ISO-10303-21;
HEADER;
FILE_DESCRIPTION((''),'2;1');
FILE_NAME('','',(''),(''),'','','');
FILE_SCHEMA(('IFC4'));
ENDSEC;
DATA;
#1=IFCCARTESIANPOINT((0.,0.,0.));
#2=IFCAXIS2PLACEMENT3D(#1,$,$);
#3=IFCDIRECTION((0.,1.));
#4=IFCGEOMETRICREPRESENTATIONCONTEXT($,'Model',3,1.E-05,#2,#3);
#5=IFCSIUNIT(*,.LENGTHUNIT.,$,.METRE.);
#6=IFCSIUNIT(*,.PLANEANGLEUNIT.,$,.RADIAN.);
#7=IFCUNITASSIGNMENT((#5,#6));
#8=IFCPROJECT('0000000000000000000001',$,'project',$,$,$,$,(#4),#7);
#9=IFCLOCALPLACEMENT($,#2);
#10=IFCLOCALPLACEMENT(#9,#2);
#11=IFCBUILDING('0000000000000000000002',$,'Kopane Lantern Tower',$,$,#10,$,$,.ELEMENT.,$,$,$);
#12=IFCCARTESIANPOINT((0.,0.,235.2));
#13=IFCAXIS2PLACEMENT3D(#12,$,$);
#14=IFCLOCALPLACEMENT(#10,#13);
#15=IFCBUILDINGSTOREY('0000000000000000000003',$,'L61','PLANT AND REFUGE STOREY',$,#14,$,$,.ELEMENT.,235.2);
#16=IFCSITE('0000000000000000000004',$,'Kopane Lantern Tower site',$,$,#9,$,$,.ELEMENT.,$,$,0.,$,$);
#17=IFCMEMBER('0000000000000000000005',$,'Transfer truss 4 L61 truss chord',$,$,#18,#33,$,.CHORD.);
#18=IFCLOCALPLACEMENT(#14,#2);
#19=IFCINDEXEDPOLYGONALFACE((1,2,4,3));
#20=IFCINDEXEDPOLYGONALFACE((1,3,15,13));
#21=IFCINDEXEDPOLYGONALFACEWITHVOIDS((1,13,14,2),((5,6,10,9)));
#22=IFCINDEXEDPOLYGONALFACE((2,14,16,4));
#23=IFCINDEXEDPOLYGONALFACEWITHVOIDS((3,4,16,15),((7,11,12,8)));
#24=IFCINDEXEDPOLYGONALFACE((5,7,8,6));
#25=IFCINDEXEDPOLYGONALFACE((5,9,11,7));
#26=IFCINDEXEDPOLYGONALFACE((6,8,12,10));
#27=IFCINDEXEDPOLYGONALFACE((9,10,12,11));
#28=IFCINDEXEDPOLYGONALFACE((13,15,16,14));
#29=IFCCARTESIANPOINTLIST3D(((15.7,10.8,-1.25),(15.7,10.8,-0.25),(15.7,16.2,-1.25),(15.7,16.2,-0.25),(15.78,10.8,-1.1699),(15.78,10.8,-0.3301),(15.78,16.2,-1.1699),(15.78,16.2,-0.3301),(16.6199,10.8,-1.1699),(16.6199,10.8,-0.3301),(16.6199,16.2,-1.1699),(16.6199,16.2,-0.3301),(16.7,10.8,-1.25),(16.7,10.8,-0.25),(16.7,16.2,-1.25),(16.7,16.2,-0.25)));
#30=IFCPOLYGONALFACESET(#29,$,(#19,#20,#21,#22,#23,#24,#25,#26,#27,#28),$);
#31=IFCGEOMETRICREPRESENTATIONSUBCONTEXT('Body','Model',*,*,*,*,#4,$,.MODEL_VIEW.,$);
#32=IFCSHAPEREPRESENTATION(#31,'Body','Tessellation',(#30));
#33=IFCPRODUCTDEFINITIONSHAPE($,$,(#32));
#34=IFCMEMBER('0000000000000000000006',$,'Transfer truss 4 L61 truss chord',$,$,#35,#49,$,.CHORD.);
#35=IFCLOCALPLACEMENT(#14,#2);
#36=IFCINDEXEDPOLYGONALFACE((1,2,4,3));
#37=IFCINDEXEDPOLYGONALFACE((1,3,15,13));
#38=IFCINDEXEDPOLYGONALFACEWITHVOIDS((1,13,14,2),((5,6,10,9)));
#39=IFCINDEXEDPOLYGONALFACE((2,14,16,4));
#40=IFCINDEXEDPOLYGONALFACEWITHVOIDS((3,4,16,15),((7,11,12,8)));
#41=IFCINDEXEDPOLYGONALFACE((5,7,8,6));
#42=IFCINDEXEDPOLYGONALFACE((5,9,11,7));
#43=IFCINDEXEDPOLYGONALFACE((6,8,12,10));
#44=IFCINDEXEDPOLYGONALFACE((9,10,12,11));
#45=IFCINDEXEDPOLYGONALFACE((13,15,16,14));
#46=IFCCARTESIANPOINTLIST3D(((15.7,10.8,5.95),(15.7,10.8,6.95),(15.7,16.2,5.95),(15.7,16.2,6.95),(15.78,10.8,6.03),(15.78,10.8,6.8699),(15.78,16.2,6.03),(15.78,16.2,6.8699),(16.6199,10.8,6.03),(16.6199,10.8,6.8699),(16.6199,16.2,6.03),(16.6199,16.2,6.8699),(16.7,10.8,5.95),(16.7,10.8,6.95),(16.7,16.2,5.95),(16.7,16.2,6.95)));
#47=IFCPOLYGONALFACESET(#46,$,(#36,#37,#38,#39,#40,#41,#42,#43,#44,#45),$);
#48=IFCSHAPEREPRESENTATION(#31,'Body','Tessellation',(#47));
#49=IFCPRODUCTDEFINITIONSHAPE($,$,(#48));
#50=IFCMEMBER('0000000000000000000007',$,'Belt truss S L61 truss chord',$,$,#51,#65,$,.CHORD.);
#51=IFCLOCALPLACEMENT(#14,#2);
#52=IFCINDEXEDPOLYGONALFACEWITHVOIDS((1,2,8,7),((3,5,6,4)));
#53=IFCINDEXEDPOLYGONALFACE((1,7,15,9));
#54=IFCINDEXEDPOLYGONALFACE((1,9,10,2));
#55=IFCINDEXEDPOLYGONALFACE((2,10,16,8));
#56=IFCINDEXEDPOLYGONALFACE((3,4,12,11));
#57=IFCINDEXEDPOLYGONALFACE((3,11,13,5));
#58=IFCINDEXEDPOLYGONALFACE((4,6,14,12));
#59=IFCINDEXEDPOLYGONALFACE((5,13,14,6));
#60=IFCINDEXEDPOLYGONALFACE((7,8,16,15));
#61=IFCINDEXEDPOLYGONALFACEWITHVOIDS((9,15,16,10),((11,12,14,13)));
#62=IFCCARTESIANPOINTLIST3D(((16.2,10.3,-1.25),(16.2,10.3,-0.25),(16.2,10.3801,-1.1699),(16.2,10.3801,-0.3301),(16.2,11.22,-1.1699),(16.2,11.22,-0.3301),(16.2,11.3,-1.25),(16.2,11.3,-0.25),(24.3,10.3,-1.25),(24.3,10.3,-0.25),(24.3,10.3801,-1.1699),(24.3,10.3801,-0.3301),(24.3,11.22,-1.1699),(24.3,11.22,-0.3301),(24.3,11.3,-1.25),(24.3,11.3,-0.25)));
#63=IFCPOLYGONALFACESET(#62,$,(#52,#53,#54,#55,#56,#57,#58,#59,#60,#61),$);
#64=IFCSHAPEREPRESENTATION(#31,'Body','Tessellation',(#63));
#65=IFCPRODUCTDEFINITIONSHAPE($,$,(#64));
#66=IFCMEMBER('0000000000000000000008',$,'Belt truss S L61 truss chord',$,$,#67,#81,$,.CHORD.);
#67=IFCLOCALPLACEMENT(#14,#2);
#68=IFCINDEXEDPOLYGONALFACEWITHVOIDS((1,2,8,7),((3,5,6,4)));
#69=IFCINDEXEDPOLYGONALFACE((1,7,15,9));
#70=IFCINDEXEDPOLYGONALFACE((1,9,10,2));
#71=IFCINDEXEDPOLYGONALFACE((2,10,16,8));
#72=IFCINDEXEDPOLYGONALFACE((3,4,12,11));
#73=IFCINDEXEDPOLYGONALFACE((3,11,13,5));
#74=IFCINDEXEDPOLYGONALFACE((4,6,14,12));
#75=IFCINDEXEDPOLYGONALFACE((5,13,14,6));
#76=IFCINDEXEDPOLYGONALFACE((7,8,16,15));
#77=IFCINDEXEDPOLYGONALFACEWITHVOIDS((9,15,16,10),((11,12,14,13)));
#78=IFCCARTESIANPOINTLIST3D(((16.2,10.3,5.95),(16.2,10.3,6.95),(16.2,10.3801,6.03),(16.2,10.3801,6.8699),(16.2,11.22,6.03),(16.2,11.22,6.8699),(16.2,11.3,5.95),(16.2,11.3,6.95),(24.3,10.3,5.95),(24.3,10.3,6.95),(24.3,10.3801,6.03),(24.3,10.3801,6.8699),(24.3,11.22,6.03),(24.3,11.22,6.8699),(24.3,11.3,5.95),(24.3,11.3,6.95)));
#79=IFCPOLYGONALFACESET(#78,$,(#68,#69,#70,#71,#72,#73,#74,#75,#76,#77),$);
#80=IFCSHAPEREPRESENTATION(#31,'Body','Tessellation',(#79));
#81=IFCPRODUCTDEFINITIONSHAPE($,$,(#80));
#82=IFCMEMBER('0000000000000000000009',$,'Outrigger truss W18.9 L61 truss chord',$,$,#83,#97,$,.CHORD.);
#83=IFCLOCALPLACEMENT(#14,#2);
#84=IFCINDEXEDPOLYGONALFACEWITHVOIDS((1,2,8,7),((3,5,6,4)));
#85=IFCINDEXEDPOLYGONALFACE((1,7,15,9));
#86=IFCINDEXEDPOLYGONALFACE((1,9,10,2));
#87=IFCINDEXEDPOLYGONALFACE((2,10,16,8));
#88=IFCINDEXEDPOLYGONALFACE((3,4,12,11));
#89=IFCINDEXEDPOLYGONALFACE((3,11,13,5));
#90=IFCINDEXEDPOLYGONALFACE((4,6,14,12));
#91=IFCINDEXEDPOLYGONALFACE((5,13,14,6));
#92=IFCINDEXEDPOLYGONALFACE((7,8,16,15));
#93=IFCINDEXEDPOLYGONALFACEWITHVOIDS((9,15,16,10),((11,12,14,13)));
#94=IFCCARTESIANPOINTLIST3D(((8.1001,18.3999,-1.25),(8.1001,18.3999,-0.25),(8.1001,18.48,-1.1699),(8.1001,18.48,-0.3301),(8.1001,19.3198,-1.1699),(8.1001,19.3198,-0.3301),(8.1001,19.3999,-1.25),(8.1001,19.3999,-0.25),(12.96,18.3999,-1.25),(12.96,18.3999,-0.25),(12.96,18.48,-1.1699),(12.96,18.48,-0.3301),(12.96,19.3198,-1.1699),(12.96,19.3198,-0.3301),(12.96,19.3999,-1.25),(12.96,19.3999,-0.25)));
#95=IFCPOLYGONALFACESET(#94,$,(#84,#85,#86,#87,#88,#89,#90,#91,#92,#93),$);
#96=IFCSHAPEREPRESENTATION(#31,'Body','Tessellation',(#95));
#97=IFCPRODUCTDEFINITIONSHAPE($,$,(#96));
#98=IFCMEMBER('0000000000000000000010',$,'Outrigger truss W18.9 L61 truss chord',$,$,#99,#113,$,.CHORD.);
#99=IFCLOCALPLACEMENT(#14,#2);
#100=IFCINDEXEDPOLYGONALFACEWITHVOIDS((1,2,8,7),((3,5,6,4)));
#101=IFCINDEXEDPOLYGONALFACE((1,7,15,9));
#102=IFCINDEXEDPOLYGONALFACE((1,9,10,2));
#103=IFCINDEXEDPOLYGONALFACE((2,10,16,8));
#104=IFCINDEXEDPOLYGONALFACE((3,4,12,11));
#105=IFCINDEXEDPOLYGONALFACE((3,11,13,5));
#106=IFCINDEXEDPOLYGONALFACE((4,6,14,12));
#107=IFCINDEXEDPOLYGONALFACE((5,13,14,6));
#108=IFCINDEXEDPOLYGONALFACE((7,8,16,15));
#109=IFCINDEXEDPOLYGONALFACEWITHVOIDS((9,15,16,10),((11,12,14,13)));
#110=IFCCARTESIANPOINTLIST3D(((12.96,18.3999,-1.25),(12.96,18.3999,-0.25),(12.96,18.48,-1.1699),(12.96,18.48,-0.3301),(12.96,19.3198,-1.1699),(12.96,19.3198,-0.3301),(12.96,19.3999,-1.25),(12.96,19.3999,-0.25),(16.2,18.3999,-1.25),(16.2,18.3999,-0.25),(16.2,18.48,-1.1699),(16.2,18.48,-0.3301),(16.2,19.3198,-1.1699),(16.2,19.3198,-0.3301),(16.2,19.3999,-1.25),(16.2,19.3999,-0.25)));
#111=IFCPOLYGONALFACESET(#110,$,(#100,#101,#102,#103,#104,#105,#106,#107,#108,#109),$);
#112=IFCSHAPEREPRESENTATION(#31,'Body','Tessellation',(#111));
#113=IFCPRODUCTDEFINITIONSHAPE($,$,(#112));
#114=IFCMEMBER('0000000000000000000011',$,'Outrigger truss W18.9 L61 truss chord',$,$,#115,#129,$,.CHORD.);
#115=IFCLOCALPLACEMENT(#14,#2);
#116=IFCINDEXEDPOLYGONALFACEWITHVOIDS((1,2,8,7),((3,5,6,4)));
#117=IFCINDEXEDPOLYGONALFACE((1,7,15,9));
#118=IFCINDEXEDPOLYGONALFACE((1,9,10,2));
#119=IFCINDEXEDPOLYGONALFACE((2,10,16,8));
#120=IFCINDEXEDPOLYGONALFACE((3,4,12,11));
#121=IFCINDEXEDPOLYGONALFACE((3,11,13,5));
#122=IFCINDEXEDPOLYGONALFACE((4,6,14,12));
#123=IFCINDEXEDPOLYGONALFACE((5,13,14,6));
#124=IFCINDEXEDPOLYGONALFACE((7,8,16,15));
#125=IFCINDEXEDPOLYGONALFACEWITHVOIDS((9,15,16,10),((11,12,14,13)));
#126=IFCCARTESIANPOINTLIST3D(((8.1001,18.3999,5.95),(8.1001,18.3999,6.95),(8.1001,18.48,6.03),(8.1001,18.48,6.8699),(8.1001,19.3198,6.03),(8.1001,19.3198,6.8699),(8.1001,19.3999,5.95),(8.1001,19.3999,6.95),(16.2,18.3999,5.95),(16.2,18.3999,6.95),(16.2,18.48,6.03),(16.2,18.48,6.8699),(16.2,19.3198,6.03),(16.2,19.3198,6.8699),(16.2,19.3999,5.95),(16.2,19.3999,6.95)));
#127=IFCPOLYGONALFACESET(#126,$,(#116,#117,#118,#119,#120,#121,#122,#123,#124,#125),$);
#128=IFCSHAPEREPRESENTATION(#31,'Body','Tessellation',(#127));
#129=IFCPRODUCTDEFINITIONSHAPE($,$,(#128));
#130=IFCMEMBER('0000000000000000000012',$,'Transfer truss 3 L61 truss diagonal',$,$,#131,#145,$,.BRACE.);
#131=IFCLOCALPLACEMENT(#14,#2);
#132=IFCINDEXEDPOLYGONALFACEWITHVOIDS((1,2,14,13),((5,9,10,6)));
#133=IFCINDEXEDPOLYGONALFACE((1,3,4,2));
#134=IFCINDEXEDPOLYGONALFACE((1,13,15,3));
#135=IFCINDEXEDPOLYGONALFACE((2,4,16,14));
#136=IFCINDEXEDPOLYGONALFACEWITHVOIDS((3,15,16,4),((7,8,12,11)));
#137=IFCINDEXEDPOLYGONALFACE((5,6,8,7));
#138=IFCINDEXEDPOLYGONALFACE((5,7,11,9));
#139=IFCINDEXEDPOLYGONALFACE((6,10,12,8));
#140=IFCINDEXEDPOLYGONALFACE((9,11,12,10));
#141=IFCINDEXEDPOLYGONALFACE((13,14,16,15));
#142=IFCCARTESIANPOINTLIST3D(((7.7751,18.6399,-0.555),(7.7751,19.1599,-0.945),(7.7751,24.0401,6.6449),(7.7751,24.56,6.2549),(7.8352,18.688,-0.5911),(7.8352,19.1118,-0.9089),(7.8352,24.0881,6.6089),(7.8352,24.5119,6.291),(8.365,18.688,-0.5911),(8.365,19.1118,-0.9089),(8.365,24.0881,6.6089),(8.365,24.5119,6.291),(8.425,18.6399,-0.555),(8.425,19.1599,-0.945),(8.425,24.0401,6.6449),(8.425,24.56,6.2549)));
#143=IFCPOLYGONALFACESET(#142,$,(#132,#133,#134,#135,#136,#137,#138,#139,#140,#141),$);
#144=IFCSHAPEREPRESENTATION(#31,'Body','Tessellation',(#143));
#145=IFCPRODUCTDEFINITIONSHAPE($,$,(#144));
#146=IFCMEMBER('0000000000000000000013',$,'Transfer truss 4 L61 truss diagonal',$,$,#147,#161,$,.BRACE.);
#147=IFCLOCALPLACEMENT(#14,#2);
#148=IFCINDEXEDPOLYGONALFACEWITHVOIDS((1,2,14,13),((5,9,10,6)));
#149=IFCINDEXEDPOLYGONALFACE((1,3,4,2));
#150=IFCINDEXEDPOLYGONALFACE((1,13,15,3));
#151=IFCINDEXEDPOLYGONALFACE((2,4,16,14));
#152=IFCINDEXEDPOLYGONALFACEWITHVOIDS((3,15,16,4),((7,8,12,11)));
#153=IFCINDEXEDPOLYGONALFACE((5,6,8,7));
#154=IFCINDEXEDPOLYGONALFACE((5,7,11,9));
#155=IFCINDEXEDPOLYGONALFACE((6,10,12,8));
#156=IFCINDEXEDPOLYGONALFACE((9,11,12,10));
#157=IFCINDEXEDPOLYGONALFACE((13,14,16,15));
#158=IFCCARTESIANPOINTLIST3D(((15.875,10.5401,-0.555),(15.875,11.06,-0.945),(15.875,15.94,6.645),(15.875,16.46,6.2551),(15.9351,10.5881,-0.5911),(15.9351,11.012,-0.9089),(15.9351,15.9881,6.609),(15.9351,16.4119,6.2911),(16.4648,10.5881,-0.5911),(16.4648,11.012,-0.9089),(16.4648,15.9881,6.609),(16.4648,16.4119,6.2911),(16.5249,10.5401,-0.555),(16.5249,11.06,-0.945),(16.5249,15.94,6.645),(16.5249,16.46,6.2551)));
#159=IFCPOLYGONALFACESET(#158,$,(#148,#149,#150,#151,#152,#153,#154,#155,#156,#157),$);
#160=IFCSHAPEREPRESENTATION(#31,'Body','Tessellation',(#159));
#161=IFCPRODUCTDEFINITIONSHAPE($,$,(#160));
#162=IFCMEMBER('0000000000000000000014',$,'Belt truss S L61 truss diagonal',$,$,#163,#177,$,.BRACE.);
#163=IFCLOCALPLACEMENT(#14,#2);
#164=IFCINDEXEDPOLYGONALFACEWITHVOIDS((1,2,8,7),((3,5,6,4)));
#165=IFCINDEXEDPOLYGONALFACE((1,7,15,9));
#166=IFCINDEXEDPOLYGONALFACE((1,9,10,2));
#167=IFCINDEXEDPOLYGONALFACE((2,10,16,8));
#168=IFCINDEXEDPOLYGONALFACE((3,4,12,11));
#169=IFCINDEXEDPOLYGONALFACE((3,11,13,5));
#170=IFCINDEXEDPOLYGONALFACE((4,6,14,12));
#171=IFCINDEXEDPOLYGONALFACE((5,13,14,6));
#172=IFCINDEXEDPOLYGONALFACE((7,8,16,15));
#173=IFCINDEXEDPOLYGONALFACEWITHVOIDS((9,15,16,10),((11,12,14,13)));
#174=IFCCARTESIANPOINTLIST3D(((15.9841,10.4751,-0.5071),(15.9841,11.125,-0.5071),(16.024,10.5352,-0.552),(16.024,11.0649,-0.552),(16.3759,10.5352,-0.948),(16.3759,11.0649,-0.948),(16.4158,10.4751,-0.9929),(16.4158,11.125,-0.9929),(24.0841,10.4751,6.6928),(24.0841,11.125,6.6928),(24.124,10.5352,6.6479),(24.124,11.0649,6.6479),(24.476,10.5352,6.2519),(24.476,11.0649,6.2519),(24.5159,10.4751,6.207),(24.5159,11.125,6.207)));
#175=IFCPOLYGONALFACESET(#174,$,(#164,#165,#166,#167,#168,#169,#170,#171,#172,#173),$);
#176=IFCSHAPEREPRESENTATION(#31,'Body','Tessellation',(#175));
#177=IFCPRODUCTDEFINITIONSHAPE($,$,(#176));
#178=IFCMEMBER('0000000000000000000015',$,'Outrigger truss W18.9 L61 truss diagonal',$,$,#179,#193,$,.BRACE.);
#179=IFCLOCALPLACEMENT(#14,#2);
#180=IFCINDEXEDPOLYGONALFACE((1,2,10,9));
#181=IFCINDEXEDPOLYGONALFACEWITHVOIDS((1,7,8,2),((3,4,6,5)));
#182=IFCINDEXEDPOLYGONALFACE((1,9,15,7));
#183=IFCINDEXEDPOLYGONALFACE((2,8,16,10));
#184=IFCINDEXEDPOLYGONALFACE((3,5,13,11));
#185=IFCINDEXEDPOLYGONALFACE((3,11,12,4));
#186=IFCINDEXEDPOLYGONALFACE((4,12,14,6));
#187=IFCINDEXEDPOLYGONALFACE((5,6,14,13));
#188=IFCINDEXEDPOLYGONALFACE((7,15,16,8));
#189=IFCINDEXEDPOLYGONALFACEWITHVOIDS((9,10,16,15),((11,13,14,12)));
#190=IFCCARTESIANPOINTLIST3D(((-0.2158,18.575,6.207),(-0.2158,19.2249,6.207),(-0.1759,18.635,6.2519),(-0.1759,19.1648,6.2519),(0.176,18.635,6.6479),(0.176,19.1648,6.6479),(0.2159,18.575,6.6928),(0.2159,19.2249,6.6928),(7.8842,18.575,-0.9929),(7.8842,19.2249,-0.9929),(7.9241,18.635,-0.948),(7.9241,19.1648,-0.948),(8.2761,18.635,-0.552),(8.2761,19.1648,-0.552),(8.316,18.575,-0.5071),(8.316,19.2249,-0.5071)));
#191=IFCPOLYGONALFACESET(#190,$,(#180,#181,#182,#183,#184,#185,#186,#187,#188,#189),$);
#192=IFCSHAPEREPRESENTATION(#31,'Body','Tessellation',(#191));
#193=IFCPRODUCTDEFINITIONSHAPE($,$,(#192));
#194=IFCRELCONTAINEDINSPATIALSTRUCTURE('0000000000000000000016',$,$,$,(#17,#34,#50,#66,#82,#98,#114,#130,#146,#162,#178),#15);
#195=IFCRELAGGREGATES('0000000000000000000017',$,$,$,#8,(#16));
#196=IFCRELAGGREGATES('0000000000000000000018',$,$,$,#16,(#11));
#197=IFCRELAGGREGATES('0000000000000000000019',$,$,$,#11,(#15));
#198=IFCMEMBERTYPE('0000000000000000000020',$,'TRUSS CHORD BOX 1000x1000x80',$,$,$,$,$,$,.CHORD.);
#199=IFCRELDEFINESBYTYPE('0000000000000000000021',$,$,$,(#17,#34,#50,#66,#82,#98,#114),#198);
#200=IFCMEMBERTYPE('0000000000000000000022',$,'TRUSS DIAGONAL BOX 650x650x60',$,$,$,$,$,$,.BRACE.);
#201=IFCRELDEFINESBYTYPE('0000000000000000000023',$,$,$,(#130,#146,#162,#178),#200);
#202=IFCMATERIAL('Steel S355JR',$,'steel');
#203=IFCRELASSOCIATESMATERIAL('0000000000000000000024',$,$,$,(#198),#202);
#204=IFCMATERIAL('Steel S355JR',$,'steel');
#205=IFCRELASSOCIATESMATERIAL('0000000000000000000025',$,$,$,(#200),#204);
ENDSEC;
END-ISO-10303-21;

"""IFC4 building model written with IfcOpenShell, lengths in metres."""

from ifc_helpers import new_model, si_unit, direction, frame, origin, origin_2d, place, context, subcontext, project, spatial, hollow_rectangle, extrude, material, material_profile, profile_set, type_object, element, save


model = new_model("IFC4")

# Units and contexts
model_context = context("Model", 3, precision=1e-05, world=origin(), true_north=direction((0.0, 1.0)))
body_context = subcontext(model_context, "Body", "Model", "MODEL_VIEW")
ifc_project = project(units=[si_unit("LENGTHUNIT", "METRE"), si_unit("PLANEANGLEUNIT", "RADIAN")], contexts=[model_context])

# Site, building, storey
site_placement = place(None, origin())
site = spatial("IfcSite", under=ifc_project, at=site_placement, Name="Kopane Lantern Tower site", CompositionType="ELEMENT", RefElevation=0.0)
building_placement = place(site_placement, origin())
building = spatial("IfcBuilding", under=site, at=building_placement, Name="Kopane Lantern Tower", CompositionType="ELEMENT")
storey_placement = place(building_placement, frame((0.0, 0.0, 235.2)))
storey = spatial("IfcBuildingStorey", under=building, at=storey_placement, Name="L61", Description="PLANT AND REFUGE STOREY", CompositionType="ELEMENT", Elevation=235.2)

# Members
ifc_material_1 = material(Name="Steel S355JR", Category="steel")
ifc_material_profile_1 = material_profile(ifc_material_1, hollow_rectangle(XDim=1.0, YDim=1.0, WallThickness=0.0801, at=origin_2d()), Name="BOX 1000x1000x80")
ifc_profile_set_1 = profile_set([ifc_material_profile_1], Name="Steel S355JR")
member_type_1 = type_object("IfcMemberType", Name="TRUSS CHORD BOX 1000x1000x80", PredefinedType="CHORD", material=ifc_profile_set_1)
for number, where, z_axis, x_axis, name in (
    (1, (16.2, 10.8, -0.75), (0.0, 1.0, 0.0), (-1.0, 0.0, 0.0), "Transfer truss 4 L61 truss chord"),
    (2, (16.2, 10.8, 6.45), (0.0, 1.0, 0.0), (-1.0, 0.0, 0.0), "Transfer truss 4 L61 truss chord"),
):
    element("IfcMember", number, at=place(storey_placement, frame(where, z_axis=z_axis, x_axis=x_axis)), inside=storey, type_object=member_type_1, Name=name, PredefinedType="CHORD", context=body_context, shape_type="SweptSolid", body=[
        extrude(hollow_rectangle(XDim=1.0, YDim=1.0, WallThickness=0.0801, at=origin_2d()), origin(), (0.0, 0.0, 1.0), 5.3999),
    ])
for number, where, z_axis, x_axis, name in (
    (3, (16.2, 10.8, -0.75), (1.0, 0.0, 0.0), (0.0, 1.0, 0.0), "Belt truss S L61 truss chord"),
    (4, (16.2, 10.8, 6.45), (1.0, 0.0, 0.0), (0.0, 1.0, 0.0), "Belt truss S L61 truss chord"),
):
    element("IfcMember", number, at=place(storey_placement, frame(where, z_axis=z_axis, x_axis=x_axis)), inside=storey, type_object=member_type_1, Name=name, PredefinedType="CHORD", context=body_context, shape_type="SweptSolid", body=[
        extrude(hollow_rectangle(XDim=1.0, YDim=1.0, WallThickness=0.0801, at=origin_2d()), origin(), (0.0, 0.0, 1.0), 8.1001),
    ])
member_1_placement = place(storey_placement, frame((8.1001, 18.8999, -0.75), z_axis=(1.0, 0.0, 0.0), x_axis=(0.0, 1.0, 0.0)))
element("IfcMember", 5, at=member_1_placement, inside=storey, type_object=member_type_1, Name="Outrigger truss W18.9 L61 truss chord", PredefinedType="CHORD", context=body_context, shape_type="SweptSolid", body=[
    extrude(hollow_rectangle(XDim=1.0, YDim=1.0, WallThickness=0.0801, at=origin_2d()), origin(), (0.0, 0.0, 1.0), 4.8599),
])
member_2_placement = place(storey_placement, frame((12.96, 18.8999, -0.75), z_axis=(1.0, 0.0, 0.0), x_axis=(0.0, 1.0, 0.0)))
element("IfcMember", 6, at=member_2_placement, inside=storey, type_object=member_type_1, Name="Outrigger truss W18.9 L61 truss chord", PredefinedType="CHORD", context=body_context, shape_type="SweptSolid", body=[
    extrude(hollow_rectangle(XDim=1.0, YDim=1.0, WallThickness=0.0801, at=origin_2d()), origin(), (0.0, 0.0, 1.0), 3.24),
])
member_3_placement = place(storey_placement, frame((8.1001, 18.8999, 6.45), z_axis=(1.0, 0.0, 0.0), x_axis=(0.0, 1.0, 0.0)))
element("IfcMember", 7, at=member_3_placement, inside=storey, type_object=member_type_1, Name="Outrigger truss W18.9 L61 truss chord", PredefinedType="CHORD", context=body_context, shape_type="SweptSolid", body=[
    extrude(hollow_rectangle(XDim=1.0, YDim=1.0, WallThickness=0.0801, at=origin_2d()), origin(), (0.0, 0.0, 1.0), 8.0999),
])
ifc_material_2 = material(Name="Steel S355JR", Category="steel")
ifc_material_profile_2 = material_profile(ifc_material_2, hollow_rectangle(XDim=0.6499, YDim=0.6499, WallThickness=0.0601, at=origin_2d()), Name="BOX 650x650x60")
ifc_profile_set_2 = profile_set([ifc_material_profile_2], Name="Steel S355JR")
member_type_2 = type_object("IfcMemberType", Name="TRUSS DIAGONAL BOX 650x650x60", PredefinedType="BRACE", material=ifc_profile_set_2)
for number, where, z_axis, x_axis, name in (
    (8, (8.1001, 18.8999, -0.75), (0.0, 0.600013, 0.79999), (-1.0, 0.0, 0.0), "Transfer truss 3 L61 truss diagonal"),
    (9, (16.2, 10.8, -0.75), (0.0, 0.599996, 0.800003), (-1.0, 0.0, 0.0), "Transfer truss 4 L61 truss diagonal"),
):
    element("IfcMember", number, at=place(storey_placement, frame(where, z_axis=z_axis, x_axis=x_axis)), inside=storey, type_object=member_type_2, Name=name, PredefinedType="BRACE", context=body_context, shape_type="SweptSolid", body=[
        extrude(hollow_rectangle(XDim=0.6499, YDim=0.6499, WallThickness=0.0601, at=origin_2d()), origin(), (0.0, 0.0, 1.0), 9.0),
    ])
for number, where, z_axis, x_axis, name in (
    (10, (16.2, 10.8, -0.75), (0.747416, 0.0, 0.664357), (0.0, 1.0, 0.0), "Belt truss S L61 truss diagonal"),
    (11, (8.1001, 18.8999, -0.75), (-0.747416, 0.0, 0.664357), (0.0, -1.0, 0.0), "Outrigger truss W18.9 L61 truss diagonal"),
):
    element("IfcMember", number, at=place(storey_placement, frame(where, z_axis=z_axis, x_axis=x_axis)), inside=storey, type_object=member_type_2, Name=name, PredefinedType="BRACE", context=body_context, shape_type="SweptSolid", body=[
        extrude(hollow_rectangle(XDim=0.6499, YDim=0.6499, WallThickness=0.0601, at=origin_2d()), origin(), (0.0, 0.0, 1.0), 10.8374),
    ])

save(model, "model.ifc")
